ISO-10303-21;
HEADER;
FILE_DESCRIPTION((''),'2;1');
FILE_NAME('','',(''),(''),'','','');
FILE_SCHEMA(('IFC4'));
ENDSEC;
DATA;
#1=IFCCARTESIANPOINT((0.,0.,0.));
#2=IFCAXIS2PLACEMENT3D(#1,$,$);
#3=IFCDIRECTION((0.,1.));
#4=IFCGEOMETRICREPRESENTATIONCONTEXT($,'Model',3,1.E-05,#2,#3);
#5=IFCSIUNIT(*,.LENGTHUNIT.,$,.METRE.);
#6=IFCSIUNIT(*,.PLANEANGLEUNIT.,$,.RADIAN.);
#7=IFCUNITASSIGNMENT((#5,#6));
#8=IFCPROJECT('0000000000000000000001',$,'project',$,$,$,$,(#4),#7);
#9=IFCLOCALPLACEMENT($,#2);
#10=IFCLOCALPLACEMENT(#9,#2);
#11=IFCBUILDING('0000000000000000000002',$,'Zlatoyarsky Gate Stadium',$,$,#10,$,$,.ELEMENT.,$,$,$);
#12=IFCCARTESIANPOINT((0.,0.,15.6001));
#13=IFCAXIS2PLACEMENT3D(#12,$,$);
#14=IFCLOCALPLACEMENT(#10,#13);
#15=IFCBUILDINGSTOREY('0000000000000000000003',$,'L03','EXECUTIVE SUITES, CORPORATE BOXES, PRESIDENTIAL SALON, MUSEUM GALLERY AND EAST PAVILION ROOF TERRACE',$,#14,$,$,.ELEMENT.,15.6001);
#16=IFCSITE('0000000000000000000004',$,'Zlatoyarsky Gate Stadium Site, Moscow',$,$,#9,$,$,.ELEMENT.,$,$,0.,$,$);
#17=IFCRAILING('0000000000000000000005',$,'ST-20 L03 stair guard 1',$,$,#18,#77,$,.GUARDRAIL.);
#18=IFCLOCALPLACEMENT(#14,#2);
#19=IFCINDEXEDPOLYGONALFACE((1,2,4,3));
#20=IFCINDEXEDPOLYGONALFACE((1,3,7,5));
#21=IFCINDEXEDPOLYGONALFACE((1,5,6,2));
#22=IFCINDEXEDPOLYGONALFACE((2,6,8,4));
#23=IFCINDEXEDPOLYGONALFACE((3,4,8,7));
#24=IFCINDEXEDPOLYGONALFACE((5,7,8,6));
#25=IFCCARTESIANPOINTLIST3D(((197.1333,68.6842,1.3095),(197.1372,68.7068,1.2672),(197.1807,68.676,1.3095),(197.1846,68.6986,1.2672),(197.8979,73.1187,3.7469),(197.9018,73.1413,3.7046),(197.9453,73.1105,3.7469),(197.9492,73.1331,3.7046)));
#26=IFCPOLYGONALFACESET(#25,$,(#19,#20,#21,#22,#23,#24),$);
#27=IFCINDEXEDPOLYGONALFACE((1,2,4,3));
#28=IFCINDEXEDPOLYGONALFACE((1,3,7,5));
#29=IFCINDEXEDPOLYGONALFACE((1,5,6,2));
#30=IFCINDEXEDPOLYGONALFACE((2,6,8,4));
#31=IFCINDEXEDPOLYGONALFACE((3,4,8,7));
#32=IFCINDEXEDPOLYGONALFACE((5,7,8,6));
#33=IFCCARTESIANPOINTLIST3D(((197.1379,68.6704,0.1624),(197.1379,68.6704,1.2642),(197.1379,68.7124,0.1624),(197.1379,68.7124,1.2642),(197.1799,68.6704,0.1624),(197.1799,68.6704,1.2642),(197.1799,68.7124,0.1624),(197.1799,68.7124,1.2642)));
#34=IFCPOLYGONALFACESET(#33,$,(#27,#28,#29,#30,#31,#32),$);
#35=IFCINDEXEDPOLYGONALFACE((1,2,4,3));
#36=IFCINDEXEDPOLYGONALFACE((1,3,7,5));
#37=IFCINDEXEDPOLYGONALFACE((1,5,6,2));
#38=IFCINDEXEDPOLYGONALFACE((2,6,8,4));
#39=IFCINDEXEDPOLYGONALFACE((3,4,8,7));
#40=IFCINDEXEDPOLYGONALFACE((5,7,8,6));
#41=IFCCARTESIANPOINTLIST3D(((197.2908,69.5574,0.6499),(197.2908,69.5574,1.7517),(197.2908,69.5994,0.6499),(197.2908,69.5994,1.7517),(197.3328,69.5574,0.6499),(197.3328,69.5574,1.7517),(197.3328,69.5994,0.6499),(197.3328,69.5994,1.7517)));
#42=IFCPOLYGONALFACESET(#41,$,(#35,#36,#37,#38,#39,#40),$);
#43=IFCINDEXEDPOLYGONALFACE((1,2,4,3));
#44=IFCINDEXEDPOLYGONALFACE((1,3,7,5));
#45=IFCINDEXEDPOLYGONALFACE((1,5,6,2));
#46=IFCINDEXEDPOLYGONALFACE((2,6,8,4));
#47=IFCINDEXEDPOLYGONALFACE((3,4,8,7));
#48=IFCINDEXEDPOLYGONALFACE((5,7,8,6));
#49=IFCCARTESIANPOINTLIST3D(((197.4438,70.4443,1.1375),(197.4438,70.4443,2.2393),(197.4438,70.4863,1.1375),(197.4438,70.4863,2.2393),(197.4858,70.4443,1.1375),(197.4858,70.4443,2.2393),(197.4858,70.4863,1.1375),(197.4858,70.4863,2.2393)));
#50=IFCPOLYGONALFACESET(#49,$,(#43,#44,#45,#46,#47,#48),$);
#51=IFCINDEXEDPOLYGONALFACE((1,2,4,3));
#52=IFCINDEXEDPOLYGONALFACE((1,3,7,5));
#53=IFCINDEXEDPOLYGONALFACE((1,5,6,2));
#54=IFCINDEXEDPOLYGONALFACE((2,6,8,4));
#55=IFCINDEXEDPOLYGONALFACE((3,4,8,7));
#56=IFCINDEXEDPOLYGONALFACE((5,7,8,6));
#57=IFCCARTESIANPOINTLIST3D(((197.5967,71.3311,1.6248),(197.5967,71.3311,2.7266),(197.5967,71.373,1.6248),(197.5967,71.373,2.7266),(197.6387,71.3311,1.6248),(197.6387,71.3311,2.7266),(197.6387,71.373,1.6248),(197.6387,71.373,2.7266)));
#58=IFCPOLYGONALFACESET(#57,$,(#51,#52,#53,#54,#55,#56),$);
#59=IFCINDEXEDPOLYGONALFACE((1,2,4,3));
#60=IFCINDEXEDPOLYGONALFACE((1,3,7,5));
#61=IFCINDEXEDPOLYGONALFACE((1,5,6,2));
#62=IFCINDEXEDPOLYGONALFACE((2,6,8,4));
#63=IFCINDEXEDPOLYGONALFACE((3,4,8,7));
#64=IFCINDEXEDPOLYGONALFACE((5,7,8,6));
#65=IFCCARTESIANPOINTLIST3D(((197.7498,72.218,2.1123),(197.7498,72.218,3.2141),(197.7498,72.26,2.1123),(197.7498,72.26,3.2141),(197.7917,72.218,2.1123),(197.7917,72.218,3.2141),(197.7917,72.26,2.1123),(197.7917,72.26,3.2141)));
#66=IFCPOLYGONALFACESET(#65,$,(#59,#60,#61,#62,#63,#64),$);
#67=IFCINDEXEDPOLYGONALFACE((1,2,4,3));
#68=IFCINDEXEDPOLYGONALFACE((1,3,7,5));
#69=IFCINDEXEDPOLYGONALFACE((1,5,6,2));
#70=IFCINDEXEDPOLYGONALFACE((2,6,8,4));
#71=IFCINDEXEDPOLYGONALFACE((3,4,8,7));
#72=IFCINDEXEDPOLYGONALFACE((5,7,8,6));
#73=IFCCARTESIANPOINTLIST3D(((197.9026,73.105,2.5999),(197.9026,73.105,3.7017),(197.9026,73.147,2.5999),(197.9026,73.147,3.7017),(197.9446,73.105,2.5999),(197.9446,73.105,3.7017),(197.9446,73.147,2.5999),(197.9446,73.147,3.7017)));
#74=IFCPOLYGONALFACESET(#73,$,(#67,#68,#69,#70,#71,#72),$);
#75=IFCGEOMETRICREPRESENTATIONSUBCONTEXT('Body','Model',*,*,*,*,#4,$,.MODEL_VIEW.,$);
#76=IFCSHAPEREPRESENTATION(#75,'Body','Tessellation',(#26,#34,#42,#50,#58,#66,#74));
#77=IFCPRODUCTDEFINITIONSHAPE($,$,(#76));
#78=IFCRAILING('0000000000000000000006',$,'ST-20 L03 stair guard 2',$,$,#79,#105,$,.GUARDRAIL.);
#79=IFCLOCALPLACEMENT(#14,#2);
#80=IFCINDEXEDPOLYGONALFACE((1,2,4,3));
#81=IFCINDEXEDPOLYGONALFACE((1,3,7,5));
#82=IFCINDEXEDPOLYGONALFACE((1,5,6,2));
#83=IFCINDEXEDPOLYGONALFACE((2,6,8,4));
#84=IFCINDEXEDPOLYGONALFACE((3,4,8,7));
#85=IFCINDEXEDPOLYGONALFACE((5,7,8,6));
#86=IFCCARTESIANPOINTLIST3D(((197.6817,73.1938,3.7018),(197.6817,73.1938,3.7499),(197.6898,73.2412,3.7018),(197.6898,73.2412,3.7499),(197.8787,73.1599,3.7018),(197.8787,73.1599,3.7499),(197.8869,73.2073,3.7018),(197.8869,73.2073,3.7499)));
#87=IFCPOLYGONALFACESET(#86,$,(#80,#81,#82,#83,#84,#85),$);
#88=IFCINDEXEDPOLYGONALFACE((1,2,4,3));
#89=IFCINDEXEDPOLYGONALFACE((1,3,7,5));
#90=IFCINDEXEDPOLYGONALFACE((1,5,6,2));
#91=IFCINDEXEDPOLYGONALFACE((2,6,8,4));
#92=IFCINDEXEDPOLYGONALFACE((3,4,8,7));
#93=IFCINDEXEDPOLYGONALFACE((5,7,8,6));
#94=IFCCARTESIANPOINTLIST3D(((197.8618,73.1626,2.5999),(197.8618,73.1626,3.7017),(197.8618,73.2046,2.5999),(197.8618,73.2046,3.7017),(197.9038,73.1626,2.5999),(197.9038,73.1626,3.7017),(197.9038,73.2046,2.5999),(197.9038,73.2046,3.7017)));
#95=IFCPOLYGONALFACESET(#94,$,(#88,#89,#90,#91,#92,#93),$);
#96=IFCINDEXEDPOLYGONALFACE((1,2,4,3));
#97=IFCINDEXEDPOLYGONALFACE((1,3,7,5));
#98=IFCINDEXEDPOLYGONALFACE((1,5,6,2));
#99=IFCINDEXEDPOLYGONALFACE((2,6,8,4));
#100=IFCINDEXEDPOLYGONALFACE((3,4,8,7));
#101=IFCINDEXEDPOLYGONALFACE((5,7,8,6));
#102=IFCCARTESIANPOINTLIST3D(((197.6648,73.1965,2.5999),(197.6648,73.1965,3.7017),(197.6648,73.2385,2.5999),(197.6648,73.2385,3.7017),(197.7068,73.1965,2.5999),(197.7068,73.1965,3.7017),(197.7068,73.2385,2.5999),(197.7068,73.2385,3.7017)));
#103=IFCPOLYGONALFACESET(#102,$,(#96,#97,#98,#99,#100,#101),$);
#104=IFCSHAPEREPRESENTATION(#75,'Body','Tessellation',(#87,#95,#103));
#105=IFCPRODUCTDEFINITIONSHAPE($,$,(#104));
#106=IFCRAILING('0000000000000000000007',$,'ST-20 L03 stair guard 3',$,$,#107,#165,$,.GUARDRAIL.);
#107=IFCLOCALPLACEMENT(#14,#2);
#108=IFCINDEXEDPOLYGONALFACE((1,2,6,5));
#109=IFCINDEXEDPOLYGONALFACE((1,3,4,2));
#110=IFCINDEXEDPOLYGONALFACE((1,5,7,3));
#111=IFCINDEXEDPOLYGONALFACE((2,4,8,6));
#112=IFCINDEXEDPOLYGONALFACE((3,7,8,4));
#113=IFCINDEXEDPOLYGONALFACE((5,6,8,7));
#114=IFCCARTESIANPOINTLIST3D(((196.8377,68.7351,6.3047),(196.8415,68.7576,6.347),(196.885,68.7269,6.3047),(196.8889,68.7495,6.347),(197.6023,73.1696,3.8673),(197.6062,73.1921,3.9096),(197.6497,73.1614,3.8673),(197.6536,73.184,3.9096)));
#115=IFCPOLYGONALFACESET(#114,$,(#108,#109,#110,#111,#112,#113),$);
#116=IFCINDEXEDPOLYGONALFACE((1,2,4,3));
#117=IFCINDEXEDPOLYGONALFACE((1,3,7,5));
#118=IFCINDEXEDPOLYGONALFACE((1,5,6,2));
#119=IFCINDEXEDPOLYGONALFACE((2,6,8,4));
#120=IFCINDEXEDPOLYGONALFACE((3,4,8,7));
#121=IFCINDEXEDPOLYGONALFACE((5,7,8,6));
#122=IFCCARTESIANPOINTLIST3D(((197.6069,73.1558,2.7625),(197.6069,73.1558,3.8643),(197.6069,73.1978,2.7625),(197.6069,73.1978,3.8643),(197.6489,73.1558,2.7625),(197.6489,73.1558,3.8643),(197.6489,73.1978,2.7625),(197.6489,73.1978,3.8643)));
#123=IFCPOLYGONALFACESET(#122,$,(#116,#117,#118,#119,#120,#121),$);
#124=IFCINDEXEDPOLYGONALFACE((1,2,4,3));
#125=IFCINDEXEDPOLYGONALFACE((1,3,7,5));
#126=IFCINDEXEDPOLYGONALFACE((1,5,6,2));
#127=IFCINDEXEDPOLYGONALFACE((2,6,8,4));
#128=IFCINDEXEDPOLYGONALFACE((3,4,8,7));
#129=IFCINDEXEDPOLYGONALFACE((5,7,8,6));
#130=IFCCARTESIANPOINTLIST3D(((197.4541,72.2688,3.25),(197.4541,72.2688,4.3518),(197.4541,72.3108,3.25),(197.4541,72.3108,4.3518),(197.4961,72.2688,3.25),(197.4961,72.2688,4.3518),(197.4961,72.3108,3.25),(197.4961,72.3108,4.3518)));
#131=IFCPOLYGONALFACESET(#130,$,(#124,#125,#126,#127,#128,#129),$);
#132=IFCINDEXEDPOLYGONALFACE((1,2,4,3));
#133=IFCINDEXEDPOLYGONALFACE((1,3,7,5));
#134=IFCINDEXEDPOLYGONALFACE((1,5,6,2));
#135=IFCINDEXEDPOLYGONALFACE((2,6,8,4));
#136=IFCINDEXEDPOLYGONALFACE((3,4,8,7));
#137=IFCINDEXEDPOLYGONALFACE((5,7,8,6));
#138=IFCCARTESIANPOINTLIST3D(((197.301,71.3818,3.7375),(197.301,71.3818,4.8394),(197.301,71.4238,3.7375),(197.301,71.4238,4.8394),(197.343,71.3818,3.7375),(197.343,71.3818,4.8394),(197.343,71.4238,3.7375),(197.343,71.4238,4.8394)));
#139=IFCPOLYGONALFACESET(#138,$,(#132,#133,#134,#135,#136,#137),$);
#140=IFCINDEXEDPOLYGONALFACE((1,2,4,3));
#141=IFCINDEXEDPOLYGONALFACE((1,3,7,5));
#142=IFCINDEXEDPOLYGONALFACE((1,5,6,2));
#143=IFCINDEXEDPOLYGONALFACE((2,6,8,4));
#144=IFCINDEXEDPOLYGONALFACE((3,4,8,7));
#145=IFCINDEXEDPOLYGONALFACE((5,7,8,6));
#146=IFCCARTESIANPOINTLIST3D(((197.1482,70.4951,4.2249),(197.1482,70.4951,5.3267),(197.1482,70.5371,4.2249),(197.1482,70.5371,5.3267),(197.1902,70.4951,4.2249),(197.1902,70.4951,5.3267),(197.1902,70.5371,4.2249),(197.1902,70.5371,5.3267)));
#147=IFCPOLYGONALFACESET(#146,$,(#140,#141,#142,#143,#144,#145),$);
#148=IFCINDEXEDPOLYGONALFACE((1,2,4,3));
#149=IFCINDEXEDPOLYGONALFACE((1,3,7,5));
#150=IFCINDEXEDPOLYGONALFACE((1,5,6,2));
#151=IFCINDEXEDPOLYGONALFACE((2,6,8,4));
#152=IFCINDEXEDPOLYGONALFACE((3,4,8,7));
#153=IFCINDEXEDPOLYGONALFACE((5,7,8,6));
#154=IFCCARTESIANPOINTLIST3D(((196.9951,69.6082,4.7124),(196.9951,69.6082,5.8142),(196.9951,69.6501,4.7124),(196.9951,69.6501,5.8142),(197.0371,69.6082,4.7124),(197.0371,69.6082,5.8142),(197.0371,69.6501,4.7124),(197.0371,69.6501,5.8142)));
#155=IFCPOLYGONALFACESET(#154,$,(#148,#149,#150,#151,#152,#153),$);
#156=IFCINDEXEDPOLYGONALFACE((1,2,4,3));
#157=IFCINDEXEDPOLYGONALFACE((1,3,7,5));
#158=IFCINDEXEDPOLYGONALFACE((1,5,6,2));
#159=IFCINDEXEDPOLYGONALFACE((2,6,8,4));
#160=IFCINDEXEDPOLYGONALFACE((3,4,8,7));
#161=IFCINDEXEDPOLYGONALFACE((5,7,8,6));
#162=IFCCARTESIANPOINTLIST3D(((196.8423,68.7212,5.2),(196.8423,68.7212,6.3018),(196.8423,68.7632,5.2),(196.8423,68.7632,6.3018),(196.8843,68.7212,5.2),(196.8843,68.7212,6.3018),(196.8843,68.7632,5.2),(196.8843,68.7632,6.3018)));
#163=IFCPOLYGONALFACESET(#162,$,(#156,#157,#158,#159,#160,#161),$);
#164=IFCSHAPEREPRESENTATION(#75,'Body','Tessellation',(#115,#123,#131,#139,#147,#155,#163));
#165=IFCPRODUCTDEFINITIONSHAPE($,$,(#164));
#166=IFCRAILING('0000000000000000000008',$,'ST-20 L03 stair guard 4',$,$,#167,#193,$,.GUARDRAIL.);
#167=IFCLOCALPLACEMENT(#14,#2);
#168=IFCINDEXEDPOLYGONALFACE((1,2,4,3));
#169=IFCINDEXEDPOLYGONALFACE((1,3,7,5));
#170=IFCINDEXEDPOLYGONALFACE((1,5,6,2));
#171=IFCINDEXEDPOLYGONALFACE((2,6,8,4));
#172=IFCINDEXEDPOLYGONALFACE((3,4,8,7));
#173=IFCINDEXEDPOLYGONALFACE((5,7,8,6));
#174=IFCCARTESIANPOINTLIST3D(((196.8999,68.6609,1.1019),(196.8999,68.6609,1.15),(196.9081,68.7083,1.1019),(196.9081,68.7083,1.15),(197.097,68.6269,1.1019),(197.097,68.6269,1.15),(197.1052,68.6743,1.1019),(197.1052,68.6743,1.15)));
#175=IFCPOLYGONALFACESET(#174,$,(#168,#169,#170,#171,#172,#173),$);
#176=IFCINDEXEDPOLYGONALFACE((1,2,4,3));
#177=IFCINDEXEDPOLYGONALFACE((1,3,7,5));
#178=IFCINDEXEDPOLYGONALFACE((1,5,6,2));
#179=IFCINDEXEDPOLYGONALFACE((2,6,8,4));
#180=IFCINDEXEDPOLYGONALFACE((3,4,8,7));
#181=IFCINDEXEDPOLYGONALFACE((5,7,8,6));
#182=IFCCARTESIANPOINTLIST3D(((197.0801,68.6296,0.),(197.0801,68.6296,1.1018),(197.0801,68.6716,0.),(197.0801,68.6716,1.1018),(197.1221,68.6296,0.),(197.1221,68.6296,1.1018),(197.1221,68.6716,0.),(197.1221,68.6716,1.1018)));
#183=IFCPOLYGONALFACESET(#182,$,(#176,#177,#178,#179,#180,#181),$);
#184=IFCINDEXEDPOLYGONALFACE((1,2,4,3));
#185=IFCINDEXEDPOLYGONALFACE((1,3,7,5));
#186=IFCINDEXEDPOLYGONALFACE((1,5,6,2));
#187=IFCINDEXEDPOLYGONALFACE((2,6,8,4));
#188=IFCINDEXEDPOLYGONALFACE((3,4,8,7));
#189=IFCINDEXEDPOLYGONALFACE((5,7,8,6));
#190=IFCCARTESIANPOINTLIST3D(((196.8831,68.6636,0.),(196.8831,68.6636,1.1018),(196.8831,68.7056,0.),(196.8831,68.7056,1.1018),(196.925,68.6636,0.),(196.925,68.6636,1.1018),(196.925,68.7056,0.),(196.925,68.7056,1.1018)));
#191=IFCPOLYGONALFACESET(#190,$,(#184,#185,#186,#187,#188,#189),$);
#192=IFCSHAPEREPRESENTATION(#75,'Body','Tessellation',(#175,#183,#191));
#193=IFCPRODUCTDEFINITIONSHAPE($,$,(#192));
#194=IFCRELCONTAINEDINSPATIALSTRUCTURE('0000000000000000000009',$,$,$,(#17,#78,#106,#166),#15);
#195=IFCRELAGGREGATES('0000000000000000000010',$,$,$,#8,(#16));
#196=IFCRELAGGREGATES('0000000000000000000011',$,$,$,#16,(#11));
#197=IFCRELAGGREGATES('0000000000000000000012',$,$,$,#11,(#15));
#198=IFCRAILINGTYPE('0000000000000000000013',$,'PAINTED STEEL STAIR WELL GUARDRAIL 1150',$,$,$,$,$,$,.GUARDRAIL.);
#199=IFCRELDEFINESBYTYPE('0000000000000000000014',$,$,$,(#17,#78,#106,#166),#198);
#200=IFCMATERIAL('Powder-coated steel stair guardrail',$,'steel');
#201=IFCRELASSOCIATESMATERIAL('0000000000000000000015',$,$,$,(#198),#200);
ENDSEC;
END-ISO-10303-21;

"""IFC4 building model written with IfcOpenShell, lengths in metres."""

from ifc_helpers import new_model, si_unit, direction, frame, origin, origin_2d, place, context, subcontext, project, spatial, rectangle, extrude, material, type_object, element, save


model = new_model("IFC4")

# Units and contexts
model_context = context("Model", 3, precision=1e-05, world=origin(), true_north=direction((0.0, 1.0)))
body_context = subcontext(model_context, "Body", "Model", "MODEL_VIEW")
ifc_project = project(units=[si_unit("LENGTHUNIT", "METRE"), si_unit("PLANEANGLEUNIT", "RADIAN")], contexts=[model_context])

# Site, building, storey
site_placement = place(None, origin())
site = spatial("IfcSite", under=ifc_project, at=site_placement, Name="Zlatoyarsky Gate Stadium Site, Moscow", CompositionType="ELEMENT", RefElevation=0.0)
building_placement = place(site_placement, origin())
building = spatial("IfcBuilding", under=site, at=building_placement, Name="Zlatoyarsky Gate Stadium", CompositionType="ELEMENT")
storey_placement = place(building_placement, frame((0.0, 0.0, 15.6001)))
storey = spatial("IfcBuildingStorey", under=building, at=storey_placement, Name="L03", Description="EXECUTIVE SUITES, CORPORATE BOXES, PRESIDENTIAL SALON, MUSEUM GALLERY AND EAST PAVILION ROOF TERRACE", CompositionType="ELEMENT", Elevation=15.6001)

# Railings
ifc_material_1 = material(Name="Powder-coated steel stair guardrail", Category="steel")
railing_type_1 = type_object("IfcRailingType", Name="PAINTED STEEL STAIR WELL GUARDRAIL 1150", PredefinedType="GUARDRAIL", material=ifc_material_1)
railing_1_placement = place(storey_placement, frame((197.1589, 68.6914, 0.1624)))
element("IfcRailing", 1, at=railing_1_placement, inside=storey, type_object=railing_type_1, Name="ST-20 L03 stair guard 1", PredefinedType="GUARDRAIL", context=body_context, shape_type="SweptSolid", body=[
    extrude(rectangle(XDim=0.0481, YDim=0.0481, at=origin_2d()), frame((0.0, 0.0, 1.126), z_axis=(0.149411, 0.866505, 0.476282), x_axis=(-0.985458, 0.169921, 0.0)), (0.0, 0.0, 1.0), 5.1177),
    extrude(rectangle(XDim=0.042, YDim=0.042, at=origin_2d()), origin(), (0.0, 0.0, 1.0), 1.1018),
    extrude(rectangle(XDim=0.042, YDim=0.042, at=origin_2d()), frame((0.1528, 0.887, 0.4875)), (0.0, 0.0, 1.0), 1.1018),
    extrude(rectangle(XDim=0.042, YDim=0.042, at=origin_2d()), frame((0.3059, 1.7739, 0.9751)), (0.0, 0.0, 1.0), 1.1018),
    extrude(rectangle(XDim=0.042, YDim=0.042, at=origin_2d()), frame((0.4587, 2.6606, 1.4624)), (0.0, 0.0, 1.0), 1.1018),
    extrude(rectangle(XDim=0.042, YDim=0.042, at=origin_2d()), frame((0.6118, 3.5476, 1.95)), (0.0, 0.0, 1.0), 1.1018),
    extrude(rectangle(XDim=0.042, YDim=0.042, at=origin_2d()), frame((0.7646, 4.4346, 2.4375)), (0.0, 0.0, 1.0), 1.1018),
])
railing_2_placement = place(storey_placement, frame((197.8828, 73.1836, 2.5999)))
element("IfcRailing", 2, at=railing_2_placement, inside=storey, type_object=railing_type_1, Name="ST-20 L03 stair guard 2", PredefinedType="GUARDRAIL", context=body_context, shape_type="SweptSolid", body=[
    extrude(rectangle(XDim=0.0481, YDim=0.0481, at=origin_2d()), frame((0.0, 0.0, 1.126), z_axis=(-0.985488, 0.169743, 0.0), x_axis=(-0.169743, -0.985488, 0.0)), (0.0, 0.0, 1.0), 0.2),
    extrude(rectangle(XDim=0.042, YDim=0.042, at=origin_2d()), origin(), (0.0, 0.0, 1.0), 1.1018),
    extrude(rectangle(XDim=0.042, YDim=0.042, at=origin_2d()), frame((-0.197, 0.0339, 0.0)), (0.0, 0.0, 1.0), 1.1018),
])
railing_3_placement = place(storey_placement, frame((197.6279, 73.1768, 2.7625)))
element("IfcRailing", 3, at=railing_3_placement, inside=storey, type_object=railing_type_1, Name="ST-20 L03 stair guard 3", PredefinedType="GUARDRAIL", context=body_context, shape_type="SweptSolid", body=[
    extrude(rectangle(XDim=0.0481, YDim=0.0481, at=origin_2d()), frame((0.0, 0.0, 1.126), z_axis=(-0.149411, -0.866505, 0.476282), x_axis=(0.985458, -0.169921, 0.0)), (0.0, 0.0, 1.0), 5.1177),
    extrude(rectangle(XDim=0.042, YDim=0.042, at=origin_2d()), origin(), (0.0, 0.0, 1.0), 1.1018),
    extrude(rectangle(XDim=0.042, YDim=0.042, at=origin_2d()), frame((-0.1528, -0.887, 0.4875)), (0.0, 0.0, 1.0), 1.1018),
    extrude(rectangle(XDim=0.042, YDim=0.042, at=origin_2d()), frame((-0.3059, -1.7739, 0.9751)), (0.0, 0.0, 1.0), 1.1018),
    extrude(rectangle(XDim=0.042, YDim=0.042, at=origin_2d()), frame((-0.4587, -2.6606, 1.4624)), (0.0, 0.0, 1.0), 1.1018),
    extrude(rectangle(XDim=0.042, YDim=0.042, at=origin_2d()), frame((-0.6118, -3.5476, 1.95)), (0.0, 0.0, 1.0), 1.1018),
    extrude(rectangle(XDim=0.042, YDim=0.042, at=origin_2d()), frame((-0.7646, -4.4346, 2.4375)), (0.0, 0.0, 1.0), 1.1018),
])
railing_4_placement = place(storey_placement, frame((197.1011, 68.6506, 0.0)))
element("IfcRailing", 4, at=railing_4_placement, inside=storey, type_object=railing_type_1, Name="ST-20 L03 stair guard 4", PredefinedType="GUARDRAIL", context=body_context, shape_type="SweptSolid", body=[
    extrude(rectangle(XDim=0.0481, YDim=0.0481, at=origin_2d()), frame((0.0, 0.0, 1.126), z_axis=(-0.985488, 0.169743, 0.0), x_axis=(-0.169743, -0.985488, 0.0)), (0.0, 0.0, 1.0), 0.2),
    extrude(rectangle(XDim=0.042, YDim=0.042, at=origin_2d()), origin(), (0.0, 0.0, 1.0), 1.1018),
    extrude(rectangle(XDim=0.042, YDim=0.042, at=origin_2d()), frame((-0.197, 0.0339, 0.0)), (0.0, 0.0, 1.0), 1.1018),
])

save(model, "model.ifc")
